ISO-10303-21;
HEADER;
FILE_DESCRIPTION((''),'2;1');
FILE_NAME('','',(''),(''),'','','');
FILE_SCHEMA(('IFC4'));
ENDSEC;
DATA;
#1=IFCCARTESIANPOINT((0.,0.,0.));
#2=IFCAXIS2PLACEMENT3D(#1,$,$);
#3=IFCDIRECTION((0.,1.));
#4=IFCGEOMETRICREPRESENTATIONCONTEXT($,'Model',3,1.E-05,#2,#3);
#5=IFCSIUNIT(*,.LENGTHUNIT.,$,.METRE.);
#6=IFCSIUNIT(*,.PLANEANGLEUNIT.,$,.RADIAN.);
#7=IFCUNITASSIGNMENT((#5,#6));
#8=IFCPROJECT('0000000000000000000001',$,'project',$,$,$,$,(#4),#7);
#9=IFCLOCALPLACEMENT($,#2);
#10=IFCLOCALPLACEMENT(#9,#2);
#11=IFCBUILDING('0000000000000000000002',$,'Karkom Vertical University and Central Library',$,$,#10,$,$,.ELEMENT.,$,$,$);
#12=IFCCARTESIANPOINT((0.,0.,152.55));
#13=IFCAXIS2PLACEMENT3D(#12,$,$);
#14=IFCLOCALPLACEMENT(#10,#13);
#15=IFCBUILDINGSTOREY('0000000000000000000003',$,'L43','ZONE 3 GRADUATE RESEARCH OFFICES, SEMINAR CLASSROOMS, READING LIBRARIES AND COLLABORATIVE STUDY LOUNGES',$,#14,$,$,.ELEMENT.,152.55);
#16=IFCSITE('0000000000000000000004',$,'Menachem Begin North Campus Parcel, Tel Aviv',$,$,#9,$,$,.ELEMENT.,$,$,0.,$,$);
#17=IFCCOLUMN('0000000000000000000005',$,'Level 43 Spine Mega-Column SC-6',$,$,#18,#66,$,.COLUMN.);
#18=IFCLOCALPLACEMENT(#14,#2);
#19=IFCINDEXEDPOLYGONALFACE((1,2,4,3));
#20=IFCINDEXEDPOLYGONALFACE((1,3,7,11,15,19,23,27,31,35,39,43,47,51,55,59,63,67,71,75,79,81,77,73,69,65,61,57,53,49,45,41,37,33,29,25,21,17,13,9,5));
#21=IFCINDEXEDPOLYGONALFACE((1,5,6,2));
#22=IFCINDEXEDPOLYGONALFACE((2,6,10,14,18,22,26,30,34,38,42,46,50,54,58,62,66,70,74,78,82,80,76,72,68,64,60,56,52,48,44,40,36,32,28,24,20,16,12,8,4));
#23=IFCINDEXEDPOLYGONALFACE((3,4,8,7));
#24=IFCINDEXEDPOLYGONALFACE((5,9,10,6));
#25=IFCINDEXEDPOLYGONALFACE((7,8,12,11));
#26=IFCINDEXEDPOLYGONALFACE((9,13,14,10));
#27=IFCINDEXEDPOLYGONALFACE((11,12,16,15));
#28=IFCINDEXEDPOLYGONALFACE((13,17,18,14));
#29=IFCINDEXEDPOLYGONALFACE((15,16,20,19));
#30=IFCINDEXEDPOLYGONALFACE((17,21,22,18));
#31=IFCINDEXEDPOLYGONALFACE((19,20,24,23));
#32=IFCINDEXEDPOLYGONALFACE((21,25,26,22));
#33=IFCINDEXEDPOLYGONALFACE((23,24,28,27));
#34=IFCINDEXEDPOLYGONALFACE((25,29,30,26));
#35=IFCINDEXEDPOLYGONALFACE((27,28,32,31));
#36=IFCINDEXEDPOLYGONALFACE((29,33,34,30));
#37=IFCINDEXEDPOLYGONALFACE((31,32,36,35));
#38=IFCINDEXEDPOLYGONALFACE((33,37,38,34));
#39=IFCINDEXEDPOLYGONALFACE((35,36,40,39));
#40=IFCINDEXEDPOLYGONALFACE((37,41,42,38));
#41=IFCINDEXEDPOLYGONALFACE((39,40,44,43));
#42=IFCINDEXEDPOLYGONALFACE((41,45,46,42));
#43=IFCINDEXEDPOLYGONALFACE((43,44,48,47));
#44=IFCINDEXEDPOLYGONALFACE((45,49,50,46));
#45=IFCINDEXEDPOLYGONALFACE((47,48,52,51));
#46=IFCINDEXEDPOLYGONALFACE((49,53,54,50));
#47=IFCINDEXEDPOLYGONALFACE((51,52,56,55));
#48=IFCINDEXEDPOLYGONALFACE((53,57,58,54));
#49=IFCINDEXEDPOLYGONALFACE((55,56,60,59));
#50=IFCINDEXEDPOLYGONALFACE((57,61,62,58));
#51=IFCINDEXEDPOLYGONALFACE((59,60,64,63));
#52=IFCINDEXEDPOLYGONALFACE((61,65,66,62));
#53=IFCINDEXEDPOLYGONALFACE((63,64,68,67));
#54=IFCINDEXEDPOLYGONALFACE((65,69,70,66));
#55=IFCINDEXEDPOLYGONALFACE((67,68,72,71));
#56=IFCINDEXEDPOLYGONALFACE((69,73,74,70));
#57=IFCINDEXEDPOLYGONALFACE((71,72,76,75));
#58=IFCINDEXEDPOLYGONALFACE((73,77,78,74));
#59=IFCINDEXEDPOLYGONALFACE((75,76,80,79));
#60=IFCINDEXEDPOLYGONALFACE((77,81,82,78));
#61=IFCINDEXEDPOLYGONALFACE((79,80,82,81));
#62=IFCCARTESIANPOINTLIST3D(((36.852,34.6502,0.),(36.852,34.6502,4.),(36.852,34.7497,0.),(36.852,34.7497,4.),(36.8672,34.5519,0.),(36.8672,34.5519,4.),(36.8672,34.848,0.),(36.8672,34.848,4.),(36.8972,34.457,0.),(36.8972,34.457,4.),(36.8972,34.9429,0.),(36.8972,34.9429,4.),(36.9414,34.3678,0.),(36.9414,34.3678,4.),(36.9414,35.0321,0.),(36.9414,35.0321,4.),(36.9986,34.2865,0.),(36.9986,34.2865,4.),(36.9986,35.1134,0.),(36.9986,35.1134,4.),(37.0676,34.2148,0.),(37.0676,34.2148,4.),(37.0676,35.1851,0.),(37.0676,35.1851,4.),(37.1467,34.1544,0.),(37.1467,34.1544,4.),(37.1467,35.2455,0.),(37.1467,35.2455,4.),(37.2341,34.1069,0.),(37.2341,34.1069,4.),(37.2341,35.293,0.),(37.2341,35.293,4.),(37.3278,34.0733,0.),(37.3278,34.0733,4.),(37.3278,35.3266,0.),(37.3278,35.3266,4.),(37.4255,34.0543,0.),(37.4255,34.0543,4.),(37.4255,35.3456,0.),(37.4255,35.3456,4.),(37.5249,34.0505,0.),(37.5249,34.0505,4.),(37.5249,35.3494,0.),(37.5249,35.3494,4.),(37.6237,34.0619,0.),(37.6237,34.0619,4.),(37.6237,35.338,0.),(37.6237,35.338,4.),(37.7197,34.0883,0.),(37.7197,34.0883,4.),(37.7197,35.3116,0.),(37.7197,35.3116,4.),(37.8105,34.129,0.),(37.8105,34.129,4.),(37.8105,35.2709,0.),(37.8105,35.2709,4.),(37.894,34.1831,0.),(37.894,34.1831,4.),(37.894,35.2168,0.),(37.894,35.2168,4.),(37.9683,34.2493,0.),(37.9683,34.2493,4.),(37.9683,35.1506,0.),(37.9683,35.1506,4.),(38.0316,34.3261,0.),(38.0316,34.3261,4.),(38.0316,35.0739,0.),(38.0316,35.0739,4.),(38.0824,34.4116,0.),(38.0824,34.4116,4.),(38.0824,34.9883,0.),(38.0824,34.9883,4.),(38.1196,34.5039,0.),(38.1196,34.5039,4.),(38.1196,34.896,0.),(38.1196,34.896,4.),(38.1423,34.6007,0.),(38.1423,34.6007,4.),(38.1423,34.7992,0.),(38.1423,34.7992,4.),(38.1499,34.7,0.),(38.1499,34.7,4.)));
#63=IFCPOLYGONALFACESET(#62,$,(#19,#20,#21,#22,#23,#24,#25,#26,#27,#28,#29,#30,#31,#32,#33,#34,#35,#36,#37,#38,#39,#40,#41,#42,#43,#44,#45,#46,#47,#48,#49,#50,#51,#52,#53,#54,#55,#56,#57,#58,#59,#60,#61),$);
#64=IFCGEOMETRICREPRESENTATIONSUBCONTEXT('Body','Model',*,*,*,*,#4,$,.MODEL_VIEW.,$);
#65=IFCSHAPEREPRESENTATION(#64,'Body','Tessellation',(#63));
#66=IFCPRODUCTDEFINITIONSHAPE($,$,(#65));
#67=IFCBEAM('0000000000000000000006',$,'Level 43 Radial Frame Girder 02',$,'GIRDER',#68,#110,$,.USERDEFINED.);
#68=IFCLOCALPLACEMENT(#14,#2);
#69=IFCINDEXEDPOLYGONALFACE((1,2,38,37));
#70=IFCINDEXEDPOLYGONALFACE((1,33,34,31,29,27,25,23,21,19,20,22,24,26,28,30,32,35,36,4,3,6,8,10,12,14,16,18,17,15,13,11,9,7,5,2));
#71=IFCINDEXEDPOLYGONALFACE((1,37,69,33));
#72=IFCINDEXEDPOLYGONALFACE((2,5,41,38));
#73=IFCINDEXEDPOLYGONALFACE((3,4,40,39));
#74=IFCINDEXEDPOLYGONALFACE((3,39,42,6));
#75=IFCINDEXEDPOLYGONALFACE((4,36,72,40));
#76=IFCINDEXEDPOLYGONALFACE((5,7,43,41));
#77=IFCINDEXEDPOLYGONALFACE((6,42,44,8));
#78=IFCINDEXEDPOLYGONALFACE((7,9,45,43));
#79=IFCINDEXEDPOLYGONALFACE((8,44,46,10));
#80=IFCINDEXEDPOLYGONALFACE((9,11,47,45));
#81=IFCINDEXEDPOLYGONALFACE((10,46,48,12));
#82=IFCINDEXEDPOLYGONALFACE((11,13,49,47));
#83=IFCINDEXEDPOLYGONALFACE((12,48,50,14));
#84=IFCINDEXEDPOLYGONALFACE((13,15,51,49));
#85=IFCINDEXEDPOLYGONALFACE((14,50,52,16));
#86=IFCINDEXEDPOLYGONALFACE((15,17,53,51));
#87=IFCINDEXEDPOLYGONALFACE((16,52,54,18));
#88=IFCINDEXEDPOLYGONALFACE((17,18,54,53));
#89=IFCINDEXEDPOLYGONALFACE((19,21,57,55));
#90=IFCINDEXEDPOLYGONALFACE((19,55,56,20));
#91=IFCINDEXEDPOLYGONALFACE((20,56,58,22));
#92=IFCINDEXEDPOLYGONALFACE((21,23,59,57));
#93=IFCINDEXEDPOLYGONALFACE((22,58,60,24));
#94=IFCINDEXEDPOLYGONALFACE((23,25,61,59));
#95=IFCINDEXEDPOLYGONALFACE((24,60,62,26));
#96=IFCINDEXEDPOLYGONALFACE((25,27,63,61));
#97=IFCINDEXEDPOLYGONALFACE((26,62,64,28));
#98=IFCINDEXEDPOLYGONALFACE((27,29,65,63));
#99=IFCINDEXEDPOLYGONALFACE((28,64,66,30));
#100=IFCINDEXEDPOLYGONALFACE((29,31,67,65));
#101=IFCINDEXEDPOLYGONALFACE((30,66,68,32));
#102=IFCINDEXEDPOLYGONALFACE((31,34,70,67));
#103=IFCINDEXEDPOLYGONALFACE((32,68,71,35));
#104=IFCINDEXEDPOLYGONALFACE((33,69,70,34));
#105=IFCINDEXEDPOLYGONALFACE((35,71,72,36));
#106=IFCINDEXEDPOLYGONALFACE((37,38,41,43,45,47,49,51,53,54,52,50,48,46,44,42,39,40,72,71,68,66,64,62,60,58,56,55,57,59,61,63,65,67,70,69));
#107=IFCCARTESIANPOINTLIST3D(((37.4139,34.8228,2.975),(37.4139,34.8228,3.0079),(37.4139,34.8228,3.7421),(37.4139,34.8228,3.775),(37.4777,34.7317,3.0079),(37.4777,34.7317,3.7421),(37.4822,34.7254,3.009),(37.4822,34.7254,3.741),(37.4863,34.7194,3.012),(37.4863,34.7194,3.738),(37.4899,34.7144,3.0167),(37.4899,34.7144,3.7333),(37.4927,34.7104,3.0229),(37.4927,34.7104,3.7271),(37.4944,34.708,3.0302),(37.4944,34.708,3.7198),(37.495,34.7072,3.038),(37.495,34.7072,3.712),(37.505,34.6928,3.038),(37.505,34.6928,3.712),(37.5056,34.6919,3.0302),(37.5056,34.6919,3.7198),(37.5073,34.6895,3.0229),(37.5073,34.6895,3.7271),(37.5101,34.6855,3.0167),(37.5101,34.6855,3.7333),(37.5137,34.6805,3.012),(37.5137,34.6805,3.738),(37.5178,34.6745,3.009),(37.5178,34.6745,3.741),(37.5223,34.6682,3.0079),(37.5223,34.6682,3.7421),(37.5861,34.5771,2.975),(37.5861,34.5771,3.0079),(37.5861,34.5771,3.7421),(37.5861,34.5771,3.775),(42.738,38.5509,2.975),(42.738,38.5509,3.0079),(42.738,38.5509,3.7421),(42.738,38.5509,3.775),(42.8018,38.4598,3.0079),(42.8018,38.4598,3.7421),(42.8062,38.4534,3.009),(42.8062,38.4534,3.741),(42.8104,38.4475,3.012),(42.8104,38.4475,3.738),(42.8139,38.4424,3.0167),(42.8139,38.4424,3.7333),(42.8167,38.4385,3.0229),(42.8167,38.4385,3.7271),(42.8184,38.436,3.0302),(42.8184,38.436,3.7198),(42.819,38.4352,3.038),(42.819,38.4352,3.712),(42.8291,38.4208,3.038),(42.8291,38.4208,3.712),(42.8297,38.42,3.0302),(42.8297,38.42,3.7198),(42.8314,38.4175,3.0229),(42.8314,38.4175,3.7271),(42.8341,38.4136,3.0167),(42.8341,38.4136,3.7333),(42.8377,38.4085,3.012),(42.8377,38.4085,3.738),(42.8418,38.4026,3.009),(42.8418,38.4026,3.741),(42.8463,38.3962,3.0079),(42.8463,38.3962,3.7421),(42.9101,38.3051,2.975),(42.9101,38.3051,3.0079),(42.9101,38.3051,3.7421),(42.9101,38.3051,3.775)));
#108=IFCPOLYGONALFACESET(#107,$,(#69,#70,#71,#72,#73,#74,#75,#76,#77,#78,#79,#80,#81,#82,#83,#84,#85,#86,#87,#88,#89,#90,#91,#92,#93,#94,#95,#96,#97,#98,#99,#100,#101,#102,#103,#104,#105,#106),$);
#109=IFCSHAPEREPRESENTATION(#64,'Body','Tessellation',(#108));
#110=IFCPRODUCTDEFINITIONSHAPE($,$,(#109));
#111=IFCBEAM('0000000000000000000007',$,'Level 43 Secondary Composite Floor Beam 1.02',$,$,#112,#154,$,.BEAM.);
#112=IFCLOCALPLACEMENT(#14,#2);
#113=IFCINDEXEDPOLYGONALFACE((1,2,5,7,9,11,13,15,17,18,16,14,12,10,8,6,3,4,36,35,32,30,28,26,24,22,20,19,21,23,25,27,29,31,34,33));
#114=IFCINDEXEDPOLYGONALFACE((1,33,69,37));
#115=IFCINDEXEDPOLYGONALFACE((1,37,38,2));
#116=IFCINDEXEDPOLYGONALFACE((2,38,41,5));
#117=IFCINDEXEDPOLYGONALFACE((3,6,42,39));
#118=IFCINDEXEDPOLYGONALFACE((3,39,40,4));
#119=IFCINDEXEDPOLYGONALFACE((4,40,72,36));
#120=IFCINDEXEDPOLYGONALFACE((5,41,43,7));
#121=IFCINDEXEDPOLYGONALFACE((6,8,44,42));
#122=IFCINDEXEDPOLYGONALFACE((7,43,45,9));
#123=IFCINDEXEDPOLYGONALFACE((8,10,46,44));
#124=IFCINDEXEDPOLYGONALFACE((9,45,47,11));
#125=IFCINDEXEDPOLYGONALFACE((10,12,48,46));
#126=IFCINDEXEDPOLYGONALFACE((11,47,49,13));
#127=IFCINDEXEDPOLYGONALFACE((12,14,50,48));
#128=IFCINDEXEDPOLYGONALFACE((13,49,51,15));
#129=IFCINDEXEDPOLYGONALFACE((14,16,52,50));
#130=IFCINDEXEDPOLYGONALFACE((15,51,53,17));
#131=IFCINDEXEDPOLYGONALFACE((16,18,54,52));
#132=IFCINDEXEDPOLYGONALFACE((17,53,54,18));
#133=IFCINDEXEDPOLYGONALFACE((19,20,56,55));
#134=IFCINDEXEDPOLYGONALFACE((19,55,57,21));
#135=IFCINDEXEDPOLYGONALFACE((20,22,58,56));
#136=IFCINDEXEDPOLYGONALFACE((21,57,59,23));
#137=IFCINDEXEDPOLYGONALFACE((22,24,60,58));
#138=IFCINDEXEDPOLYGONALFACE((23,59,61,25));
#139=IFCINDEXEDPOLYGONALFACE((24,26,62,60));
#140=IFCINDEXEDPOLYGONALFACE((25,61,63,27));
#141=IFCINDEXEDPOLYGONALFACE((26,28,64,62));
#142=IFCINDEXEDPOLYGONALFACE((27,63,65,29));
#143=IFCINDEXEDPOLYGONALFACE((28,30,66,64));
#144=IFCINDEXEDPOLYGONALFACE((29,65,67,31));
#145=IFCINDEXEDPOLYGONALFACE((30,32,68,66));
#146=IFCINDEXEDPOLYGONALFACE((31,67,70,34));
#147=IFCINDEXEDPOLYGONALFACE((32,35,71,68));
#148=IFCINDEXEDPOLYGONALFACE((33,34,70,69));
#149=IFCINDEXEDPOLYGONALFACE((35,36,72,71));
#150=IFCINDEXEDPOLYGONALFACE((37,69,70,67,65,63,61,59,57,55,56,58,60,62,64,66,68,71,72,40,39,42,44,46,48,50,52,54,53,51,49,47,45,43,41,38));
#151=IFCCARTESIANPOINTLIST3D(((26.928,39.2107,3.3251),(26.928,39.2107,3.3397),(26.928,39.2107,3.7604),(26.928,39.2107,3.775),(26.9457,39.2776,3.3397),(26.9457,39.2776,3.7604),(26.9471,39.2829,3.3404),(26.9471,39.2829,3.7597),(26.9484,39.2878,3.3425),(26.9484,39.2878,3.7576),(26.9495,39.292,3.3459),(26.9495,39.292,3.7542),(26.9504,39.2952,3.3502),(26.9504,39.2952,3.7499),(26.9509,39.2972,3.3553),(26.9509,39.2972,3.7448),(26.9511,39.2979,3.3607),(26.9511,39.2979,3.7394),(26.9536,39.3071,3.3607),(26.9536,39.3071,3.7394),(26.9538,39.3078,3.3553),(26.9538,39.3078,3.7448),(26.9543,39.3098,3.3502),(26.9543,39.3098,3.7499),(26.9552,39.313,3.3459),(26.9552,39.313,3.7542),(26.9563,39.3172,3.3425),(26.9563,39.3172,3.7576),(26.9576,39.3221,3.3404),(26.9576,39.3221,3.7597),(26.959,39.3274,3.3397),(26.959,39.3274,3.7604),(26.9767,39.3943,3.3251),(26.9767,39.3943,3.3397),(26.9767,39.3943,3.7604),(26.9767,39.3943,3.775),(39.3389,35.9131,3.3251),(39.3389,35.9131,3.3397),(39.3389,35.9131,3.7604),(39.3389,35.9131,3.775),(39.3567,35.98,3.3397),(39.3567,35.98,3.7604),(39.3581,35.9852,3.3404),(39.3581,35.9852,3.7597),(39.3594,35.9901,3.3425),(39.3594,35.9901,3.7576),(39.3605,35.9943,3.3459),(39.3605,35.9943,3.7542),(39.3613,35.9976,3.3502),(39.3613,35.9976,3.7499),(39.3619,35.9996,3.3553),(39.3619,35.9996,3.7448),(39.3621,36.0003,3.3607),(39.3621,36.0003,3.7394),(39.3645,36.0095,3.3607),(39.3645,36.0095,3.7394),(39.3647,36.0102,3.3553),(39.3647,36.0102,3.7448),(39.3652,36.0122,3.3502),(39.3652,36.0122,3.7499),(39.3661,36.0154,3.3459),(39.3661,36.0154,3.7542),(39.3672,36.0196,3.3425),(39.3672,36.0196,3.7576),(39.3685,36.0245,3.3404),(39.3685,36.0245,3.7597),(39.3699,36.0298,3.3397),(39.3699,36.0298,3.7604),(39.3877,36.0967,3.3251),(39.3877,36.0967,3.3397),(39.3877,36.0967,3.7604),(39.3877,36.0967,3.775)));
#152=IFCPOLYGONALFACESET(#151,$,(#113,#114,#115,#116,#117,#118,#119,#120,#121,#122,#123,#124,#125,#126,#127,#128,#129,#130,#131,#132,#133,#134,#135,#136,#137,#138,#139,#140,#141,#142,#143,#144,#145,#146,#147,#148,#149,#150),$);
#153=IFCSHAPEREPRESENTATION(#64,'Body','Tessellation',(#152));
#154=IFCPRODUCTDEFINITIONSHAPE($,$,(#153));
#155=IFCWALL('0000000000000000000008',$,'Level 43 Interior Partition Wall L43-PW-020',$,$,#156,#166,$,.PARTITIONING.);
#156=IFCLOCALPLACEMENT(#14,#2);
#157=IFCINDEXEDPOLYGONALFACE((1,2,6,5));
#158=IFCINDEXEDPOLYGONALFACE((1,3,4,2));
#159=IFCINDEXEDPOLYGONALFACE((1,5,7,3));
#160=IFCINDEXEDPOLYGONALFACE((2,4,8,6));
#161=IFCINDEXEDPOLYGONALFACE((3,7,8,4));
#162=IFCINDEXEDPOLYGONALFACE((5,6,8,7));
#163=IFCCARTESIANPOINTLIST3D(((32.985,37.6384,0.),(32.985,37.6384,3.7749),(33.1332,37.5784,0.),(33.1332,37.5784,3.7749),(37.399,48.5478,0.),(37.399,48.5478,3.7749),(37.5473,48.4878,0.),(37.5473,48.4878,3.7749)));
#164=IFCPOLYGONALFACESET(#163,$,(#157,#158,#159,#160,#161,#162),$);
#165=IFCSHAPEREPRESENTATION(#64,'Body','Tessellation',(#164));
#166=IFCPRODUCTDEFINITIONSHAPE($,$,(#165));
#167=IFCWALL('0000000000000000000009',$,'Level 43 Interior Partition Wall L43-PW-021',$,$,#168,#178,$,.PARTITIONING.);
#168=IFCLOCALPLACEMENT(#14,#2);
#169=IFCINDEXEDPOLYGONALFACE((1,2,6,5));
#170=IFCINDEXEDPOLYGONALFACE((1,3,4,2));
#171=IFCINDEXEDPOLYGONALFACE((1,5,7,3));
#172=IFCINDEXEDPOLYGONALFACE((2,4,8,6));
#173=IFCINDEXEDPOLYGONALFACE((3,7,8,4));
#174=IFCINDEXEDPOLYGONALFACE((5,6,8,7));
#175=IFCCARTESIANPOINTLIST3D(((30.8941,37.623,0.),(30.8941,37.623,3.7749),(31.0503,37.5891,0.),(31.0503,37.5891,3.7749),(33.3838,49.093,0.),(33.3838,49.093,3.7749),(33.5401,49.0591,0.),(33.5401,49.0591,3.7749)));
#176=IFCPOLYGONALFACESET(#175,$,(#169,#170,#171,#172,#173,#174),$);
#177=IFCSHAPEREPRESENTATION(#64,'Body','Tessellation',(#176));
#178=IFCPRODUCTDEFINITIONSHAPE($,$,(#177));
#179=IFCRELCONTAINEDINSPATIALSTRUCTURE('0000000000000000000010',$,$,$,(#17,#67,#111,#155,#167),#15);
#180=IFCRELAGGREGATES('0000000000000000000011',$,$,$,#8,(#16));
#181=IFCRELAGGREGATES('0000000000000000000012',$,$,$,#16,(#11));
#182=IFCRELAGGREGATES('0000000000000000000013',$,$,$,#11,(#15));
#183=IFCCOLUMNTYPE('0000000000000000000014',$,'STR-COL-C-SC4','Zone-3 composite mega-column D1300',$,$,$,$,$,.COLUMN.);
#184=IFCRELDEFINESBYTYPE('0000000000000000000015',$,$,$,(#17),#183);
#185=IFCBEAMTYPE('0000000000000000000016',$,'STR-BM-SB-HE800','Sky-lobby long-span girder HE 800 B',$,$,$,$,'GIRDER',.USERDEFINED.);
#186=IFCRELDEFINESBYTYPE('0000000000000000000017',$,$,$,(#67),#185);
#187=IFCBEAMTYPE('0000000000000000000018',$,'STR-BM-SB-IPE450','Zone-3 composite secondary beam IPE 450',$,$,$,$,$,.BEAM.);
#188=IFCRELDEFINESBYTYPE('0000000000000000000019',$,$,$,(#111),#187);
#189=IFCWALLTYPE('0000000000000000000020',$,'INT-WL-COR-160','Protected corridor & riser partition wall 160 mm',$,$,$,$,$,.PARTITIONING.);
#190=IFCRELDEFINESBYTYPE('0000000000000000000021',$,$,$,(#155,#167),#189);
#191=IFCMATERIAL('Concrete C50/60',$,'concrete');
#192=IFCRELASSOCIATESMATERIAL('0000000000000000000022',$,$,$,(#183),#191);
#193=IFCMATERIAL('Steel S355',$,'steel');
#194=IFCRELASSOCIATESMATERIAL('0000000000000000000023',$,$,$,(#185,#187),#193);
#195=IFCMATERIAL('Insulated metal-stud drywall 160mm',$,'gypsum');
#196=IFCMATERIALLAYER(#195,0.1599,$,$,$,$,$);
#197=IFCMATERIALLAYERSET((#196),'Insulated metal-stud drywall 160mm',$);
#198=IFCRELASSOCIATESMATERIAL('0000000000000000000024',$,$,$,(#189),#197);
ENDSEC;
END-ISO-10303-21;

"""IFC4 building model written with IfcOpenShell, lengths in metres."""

from ifc_helpers import new_model, si_unit, direction, frame, frame_2d, origin, origin_with_axes, origin_2d, place, context, subcontext, project, spatial, rectangle, circle, i_section, extrude, source, transform, mapped, material, layer, layer_set, material_profile, profile_set, type_object, element, save


model = new_model("IFC4")

# Units and contexts
model_context = context("Model", 3, precision=1e-05, world=origin(), true_north=direction((0.0, 1.0)))
body_context = subcontext(model_context, "Body", "Model", "MODEL_VIEW")
ifc_project = project(units=[si_unit("LENGTHUNIT", "METRE"), si_unit("PLANEANGLEUNIT", "RADIAN")], contexts=[model_context])

# Site, building, storey
site_placement = place(None, origin())
site = spatial("IfcSite", under=ifc_project, at=site_placement, Name="Menachem Begin North Campus Parcel, Tel Aviv", CompositionType="ELEMENT", RefElevation=0.0)
building_placement = place(site_placement, origin())
building = spatial("IfcBuilding", under=site, at=building_placement, Name="Karkom Vertical University and Central Library", CompositionType="ELEMENT")
storey_placement = place(building_placement, frame((0.0, 0.0, 152.55)))
storey = spatial("IfcBuildingStorey", under=building, at=storey_placement, Name="L43", Description="ZONE 3 GRADUATE RESEARCH OFFICES, SEMINAR CLASSROOMS, READING LIBRARIES AND COLLABORATIVE STUDY LOUNGES", CompositionType="ELEMENT", Elevation=152.55)

# Column
ifc_material_1 = material(Name="Concrete C50/60", Category="concrete")
ifc_material_profile_1 = material_profile(ifc_material_1, circle(Radius=0.6499, at=origin_2d()), Name="CFT-D1300")
ifc_profile_set_1 = profile_set([ifc_material_profile_1], Name="Concrete C50/60")
column_type = type_object("IfcColumnType", Name="STR-COL-C-SC4", Description="Zone-3 composite mega-column D1300", PredefinedType="COLUMN", material=ifc_profile_set_1)
shared_shape_1 = source(origin_with_axes(), body_context, "Body", "SweptSolid", [
    extrude(circle(Radius=0.6499, at=origin_2d()), origin(), (0.0, 0.0, 1.0), 4.0),
])
column_placement = place(storey_placement, frame((37.5, 34.7, 0.0), z_axis=(0.0, 0.0, 1.0), x_axis=(1.0, 0.0, 0.0)))
element("IfcColumn", 1, at=column_placement, inside=storey, type_object=column_type, Name="Level 43 Spine Mega-Column SC-6", PredefinedType="COLUMN", context=body_context, shape_type="MappedRepresentation", body=[
    mapped(shared_shape_1, transform((0.0, 0.0, 0.0), scale=1.0)),
])

# Beams
ifc_material_2 = material(Name="Steel S355", Category="steel")
ifc_material_profile_2 = material_profile(ifc_material_2, i_section(OverallWidth=0.3, OverallDepth=0.8, WebThickness=0.0176, FlangeThickness=0.033, FilletRadius=0.03, at=origin_2d()), Name="HE 800 B")
ifc_profile_set_2 = profile_set([ifc_material_profile_2], Name="Steel S355")
beam_type_1 = type_object("IfcBeamType", Name="STR-BM-SB-HE800", Description="Sky-lobby long-span girder HE 800 B", ElementType="GIRDER", PredefinedType="USERDEFINED", material=ifc_profile_set_2)
shared_shape_2 = source(origin_with_axes(), body_context, "Body", "SweptSolid", [
    extrude(i_section(OverallWidth=0.3, OverallDepth=0.8, WebThickness=0.0176, FlangeThickness=0.033, FilletRadius=0.03, at=origin_2d()), origin(), (0.0, 0.0, 1.0), 6.4995),
])
beam_1_placement = place(storey_placement, frame((37.5, 34.7, 3.375), z_axis=(0.819142, 0.573591, 0.0), x_axis=(-0.573591, 0.819142, 0.0)))
element("IfcBeam", 2, at=beam_1_placement, inside=storey, type_object=beam_type_1, Name="Level 43 Radial Frame Girder 02", ObjectType="GIRDER", PredefinedType="USERDEFINED", context=body_context, shape_type="MappedRepresentation", body=[
    mapped(shared_shape_2, transform((0.0, 0.0, 0.0), scale=1.0)),
])
ifc_material_profile_3 = material_profile(ifc_material_2, i_section(OverallWidth=0.1899, OverallDepth=0.45, WebThickness=0.0095, FlangeThickness=0.0146, FilletRadius=0.021, at=origin_2d()), Name="IPE 450")
ifc_profile_set_3 = profile_set([ifc_material_profile_3], Name="Steel S355")
beam_type_2 = type_object("IfcBeamType", Name="STR-BM-SB-IPE450", Description="Zone-3 composite secondary beam IPE 450", PredefinedType="BEAM", material=ifc_profile_set_3)
shared_shape_3 = source(origin_with_axes(), body_context, "Body", "SweptSolid", [
    extrude(i_section(OverallWidth=0.1899, OverallDepth=0.45, WebThickness=0.0095, FlangeThickness=0.0146, FilletRadius=0.021, at=origin_2d()), origin(), (0.0, 0.0, 1.0), 12.8416),
])
beam_2_placement = place(storey_placement, frame((39.3633, 36.0049, 3.55), z_axis=(-0.966466, 0.256793, 0.0), x_axis=(-0.256793, -0.966466, 0.0)))
element("IfcBeam", 3, at=beam_2_placement, inside=storey, type_object=beam_type_2, Name="Level 43 Secondary Composite Floor Beam 1.02", PredefinedType="BEAM", context=body_context, shape_type="MappedRepresentation", body=[
    mapped(shared_shape_3, transform((0.0, 0.0, 0.0), scale=1.0)),
])

# Walls
ifc_material_3 = material(Name="Insulated metal-stud drywall 160mm", Category="gypsum")
ifc_layer_1 = layer(ifc_material_3, 0.1599)
ifc_layer_set_1 = layer_set([ifc_layer_1], Name="Insulated metal-stud drywall 160mm")
wall_type_1 = type_object("IfcWallType", Name="INT-WL-COR-160", Description="Protected corridor & riser partition wall 160 mm", PredefinedType="PARTITIONING", material=ifc_layer_set_1)
wall_1_placement = place(storey_placement, frame((33.0591, 37.6084, 0.0), z_axis=(0.0, 0.0, 1.0), x_axis=(0.375072, 0.926996, 0.0)))
element("IfcWall", 4, at=wall_1_placement, inside=storey, type_object=wall_type_1, Name="Level 43 Interior Partition Wall L43-PW-020", PredefinedType="PARTITIONING", context=body_context, shape_type="SweptSolid", body=[
    extrude(rectangle(XDim=11.7686, YDim=0.1599, at=frame_2d((5.8843, 0.0))), origin(), (0.0, 0.0, 1.0), 3.7749),
])
wall_2_placement = place(storey_placement, frame((30.9722, 37.606, 0.0), z_axis=(0.0, 0.0, 1.0), x_axis=(0.212127, 0.977242, 0.0)))
element("IfcWall", 5, at=wall_2_placement, inside=storey, type_object=wall_type_1, Name="Level 43 Interior Partition Wall L43-PW-021", PredefinedType="PARTITIONING", context=body_context, shape_type="SweptSolid", body=[
    extrude(rectangle(XDim=11.7371, YDim=0.1599, at=frame_2d((5.8687, 0.0))), origin(), (0.0, 0.0, 1.0), 3.7749),
])

save(model, "model.ifc")
